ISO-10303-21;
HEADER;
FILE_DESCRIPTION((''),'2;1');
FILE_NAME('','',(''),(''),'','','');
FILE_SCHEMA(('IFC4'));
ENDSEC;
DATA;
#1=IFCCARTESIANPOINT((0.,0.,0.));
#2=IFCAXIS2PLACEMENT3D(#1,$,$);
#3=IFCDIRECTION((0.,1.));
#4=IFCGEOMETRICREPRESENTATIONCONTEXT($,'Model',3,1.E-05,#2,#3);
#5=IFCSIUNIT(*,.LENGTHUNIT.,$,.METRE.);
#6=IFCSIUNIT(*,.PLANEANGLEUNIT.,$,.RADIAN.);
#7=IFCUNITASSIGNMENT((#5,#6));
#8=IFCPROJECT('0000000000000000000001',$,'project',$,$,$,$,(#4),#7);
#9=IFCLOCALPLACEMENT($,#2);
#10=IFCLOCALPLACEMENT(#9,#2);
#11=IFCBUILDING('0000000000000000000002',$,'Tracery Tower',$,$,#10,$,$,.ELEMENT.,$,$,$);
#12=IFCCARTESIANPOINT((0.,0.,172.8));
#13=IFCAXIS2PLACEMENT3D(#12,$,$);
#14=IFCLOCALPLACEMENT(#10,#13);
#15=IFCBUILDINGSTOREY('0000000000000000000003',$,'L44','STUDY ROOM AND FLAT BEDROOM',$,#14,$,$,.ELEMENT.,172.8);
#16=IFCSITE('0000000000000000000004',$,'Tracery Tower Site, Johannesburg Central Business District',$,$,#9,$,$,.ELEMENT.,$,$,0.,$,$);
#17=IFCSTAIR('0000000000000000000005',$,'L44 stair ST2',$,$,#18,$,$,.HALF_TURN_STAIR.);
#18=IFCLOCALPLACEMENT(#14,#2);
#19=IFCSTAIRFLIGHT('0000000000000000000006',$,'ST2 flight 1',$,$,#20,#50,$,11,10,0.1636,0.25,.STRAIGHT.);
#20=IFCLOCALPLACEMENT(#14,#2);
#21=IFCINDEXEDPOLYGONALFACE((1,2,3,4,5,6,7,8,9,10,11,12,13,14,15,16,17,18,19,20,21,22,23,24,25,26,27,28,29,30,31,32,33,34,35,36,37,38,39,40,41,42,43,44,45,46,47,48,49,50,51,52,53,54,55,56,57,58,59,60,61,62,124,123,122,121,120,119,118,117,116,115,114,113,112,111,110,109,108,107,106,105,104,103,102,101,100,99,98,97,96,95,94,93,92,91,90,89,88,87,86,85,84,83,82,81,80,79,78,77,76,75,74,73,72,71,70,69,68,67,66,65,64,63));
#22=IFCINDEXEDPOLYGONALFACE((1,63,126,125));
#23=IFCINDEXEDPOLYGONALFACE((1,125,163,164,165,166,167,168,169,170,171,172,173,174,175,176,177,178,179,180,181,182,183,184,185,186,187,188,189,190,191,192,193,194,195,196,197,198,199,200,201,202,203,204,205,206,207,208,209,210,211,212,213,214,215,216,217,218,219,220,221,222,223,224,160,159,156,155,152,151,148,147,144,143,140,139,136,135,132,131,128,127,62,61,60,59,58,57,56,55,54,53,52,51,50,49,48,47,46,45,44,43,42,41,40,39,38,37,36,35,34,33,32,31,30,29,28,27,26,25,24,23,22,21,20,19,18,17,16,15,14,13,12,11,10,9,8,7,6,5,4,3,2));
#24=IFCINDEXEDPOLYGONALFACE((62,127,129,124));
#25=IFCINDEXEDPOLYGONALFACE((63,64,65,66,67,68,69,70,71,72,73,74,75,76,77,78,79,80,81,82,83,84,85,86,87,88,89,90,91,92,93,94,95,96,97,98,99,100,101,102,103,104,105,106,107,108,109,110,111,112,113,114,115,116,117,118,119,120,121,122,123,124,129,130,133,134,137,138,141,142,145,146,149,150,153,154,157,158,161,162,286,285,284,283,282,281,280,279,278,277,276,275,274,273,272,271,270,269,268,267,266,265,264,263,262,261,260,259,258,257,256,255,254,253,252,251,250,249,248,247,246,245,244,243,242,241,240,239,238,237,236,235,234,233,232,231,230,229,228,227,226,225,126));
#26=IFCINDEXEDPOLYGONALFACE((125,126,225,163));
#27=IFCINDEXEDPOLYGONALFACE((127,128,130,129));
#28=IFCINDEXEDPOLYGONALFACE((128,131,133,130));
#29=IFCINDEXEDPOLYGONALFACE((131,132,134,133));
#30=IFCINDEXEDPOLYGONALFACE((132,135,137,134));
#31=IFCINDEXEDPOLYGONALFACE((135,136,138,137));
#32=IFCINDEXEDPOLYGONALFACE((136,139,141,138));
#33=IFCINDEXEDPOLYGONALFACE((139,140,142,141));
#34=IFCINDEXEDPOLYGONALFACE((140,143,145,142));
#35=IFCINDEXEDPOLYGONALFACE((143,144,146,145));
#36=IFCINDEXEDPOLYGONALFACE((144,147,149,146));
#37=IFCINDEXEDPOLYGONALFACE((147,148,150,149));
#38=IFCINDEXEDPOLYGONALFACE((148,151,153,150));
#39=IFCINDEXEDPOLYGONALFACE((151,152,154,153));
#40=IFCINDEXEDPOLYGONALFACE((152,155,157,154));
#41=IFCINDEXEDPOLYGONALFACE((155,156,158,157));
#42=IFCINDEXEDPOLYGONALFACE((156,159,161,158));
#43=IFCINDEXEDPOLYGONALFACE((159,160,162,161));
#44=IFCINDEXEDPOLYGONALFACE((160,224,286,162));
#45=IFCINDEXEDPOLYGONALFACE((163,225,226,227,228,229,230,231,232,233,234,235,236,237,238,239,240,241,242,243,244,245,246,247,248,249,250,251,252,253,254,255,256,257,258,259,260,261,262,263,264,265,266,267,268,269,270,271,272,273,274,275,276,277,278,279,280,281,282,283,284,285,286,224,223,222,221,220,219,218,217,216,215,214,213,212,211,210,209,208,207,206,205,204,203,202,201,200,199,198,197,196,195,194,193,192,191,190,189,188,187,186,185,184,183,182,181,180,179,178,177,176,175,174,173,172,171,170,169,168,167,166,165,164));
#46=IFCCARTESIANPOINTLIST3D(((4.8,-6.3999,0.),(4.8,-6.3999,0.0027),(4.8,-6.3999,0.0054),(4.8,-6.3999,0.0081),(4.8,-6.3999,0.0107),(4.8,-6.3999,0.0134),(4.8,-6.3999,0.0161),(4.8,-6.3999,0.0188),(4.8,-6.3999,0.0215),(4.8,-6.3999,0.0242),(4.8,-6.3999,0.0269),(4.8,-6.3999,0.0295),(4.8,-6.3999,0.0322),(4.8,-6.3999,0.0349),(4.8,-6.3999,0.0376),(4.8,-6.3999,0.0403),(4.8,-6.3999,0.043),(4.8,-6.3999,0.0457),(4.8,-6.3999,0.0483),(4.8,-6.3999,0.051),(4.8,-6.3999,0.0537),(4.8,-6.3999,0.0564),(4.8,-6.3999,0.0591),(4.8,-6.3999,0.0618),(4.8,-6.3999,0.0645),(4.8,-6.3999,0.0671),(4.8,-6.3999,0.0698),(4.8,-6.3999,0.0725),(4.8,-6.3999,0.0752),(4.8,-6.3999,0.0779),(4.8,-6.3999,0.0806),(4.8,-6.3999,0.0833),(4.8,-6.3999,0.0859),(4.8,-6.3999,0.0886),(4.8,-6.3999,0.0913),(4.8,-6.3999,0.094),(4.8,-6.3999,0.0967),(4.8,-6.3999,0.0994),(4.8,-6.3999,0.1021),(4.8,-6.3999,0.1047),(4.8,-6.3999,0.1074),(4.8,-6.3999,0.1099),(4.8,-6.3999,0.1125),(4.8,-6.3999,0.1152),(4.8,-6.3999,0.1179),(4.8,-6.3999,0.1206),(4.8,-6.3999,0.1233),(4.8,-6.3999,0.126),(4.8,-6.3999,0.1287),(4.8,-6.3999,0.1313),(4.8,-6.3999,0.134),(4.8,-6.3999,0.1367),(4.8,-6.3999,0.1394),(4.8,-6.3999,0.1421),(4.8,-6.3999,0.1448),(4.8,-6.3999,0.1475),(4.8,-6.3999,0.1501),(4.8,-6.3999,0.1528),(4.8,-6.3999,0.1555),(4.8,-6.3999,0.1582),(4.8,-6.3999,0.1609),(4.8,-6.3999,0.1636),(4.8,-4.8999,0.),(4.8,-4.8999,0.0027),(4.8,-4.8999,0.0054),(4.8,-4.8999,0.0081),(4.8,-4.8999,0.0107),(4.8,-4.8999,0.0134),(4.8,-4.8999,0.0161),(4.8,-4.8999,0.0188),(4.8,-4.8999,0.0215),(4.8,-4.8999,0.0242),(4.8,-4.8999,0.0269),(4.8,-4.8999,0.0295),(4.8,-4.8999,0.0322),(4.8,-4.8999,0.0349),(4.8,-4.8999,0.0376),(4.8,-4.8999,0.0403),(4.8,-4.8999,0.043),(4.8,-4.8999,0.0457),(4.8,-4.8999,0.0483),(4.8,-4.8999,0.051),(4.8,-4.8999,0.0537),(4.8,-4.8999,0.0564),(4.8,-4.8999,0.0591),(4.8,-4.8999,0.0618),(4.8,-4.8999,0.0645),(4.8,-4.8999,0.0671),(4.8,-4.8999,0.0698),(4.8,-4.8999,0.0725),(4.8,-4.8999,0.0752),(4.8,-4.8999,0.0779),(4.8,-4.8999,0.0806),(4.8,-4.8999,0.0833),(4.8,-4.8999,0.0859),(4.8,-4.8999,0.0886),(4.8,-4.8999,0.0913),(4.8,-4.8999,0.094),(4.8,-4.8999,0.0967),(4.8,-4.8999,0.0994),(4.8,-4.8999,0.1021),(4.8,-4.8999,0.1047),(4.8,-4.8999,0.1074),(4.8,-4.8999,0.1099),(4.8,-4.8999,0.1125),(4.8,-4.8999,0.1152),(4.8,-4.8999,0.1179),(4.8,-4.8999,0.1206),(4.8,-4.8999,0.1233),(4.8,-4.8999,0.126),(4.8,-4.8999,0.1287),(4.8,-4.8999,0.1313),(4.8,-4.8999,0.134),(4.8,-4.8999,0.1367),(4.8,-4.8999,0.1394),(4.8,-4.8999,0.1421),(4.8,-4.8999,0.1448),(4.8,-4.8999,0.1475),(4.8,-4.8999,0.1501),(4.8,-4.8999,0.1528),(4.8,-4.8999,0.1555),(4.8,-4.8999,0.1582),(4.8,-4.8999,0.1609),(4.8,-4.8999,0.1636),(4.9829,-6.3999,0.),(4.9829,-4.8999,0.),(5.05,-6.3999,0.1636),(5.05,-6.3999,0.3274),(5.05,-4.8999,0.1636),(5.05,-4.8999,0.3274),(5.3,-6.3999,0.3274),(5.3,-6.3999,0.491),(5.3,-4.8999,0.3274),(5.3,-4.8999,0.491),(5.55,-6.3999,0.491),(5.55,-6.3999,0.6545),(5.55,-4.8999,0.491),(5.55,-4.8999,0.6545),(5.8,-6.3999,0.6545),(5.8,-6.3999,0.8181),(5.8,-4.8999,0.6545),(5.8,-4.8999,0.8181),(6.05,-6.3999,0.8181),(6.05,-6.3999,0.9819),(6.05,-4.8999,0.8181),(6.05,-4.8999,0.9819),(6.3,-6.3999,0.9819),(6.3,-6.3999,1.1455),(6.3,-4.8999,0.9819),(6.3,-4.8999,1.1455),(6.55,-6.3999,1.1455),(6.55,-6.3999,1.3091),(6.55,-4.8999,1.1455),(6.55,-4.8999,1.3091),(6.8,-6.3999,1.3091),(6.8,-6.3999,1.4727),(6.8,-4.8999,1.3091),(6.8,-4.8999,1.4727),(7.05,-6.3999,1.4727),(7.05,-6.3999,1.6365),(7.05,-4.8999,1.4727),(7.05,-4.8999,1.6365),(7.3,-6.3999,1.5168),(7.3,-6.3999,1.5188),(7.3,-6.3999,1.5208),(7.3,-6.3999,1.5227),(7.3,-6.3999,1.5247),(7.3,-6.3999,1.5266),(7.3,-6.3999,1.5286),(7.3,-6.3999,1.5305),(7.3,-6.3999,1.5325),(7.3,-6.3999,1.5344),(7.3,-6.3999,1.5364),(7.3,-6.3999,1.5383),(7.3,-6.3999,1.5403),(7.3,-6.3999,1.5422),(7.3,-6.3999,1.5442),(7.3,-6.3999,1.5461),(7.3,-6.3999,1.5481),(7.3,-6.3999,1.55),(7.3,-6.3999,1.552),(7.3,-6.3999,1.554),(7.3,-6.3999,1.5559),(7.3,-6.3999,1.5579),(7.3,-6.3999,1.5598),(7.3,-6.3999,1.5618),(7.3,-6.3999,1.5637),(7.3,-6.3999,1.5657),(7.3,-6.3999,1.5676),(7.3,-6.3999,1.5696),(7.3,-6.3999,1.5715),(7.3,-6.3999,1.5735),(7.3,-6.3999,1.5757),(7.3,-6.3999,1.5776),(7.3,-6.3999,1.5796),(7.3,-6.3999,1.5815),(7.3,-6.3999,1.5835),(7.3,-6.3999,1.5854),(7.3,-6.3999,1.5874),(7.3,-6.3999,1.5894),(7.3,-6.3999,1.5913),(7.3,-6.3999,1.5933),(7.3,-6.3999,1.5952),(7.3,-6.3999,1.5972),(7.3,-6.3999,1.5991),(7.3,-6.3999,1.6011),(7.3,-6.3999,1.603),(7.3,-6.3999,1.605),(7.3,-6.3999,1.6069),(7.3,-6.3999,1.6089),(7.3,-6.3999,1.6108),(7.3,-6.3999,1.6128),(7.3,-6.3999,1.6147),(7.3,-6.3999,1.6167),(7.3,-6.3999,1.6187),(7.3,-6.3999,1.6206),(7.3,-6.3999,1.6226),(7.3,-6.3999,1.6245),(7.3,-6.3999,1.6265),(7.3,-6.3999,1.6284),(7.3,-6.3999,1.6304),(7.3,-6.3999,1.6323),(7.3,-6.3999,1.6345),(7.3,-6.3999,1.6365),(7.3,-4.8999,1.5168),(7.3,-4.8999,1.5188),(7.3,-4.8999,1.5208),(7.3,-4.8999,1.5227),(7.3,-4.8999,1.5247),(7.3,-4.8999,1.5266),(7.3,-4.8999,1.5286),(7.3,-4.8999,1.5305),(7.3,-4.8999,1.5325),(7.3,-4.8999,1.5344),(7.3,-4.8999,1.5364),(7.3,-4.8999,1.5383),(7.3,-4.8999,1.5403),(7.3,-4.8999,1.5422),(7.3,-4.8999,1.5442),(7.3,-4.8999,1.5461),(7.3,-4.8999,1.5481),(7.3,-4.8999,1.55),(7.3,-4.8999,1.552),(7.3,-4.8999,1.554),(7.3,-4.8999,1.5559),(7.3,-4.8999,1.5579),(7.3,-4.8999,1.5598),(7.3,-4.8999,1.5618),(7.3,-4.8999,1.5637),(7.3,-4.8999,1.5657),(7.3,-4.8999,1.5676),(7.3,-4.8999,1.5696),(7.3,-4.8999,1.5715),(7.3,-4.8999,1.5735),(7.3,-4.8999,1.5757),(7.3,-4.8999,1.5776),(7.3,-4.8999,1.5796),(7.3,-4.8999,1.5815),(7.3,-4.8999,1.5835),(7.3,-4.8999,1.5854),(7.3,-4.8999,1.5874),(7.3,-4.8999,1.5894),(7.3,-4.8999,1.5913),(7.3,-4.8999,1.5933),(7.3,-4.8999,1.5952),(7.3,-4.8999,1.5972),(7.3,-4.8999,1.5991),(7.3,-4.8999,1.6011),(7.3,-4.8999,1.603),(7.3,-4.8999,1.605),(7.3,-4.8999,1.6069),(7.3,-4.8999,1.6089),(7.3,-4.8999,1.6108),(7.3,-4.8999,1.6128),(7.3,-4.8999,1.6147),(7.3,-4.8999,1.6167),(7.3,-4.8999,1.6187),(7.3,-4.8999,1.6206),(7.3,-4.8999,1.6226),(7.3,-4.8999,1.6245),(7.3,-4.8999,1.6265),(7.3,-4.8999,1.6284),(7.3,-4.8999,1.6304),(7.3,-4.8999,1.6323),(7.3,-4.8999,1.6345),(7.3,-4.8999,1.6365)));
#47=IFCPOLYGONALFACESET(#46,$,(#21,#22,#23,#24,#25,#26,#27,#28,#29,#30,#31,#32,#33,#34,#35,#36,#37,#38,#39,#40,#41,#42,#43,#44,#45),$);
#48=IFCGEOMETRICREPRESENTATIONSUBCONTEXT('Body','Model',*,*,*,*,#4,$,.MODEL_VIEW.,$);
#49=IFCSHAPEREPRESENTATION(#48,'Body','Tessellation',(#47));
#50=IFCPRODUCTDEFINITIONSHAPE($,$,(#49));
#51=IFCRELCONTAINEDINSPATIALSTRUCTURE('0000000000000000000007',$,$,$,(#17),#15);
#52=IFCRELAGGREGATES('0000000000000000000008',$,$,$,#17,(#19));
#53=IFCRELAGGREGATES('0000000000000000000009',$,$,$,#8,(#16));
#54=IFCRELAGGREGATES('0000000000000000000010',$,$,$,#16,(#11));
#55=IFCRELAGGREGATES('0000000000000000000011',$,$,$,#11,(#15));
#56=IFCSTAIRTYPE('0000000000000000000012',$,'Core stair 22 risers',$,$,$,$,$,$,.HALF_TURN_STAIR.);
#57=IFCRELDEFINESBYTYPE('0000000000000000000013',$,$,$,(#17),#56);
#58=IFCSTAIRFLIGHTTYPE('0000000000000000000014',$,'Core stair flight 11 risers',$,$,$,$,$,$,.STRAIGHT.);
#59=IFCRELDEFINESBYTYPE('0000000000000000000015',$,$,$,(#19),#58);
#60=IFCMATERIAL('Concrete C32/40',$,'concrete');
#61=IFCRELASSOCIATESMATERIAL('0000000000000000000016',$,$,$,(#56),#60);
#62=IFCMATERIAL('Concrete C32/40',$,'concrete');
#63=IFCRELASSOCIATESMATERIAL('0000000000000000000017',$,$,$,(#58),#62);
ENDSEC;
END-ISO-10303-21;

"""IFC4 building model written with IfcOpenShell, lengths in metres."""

from ifc_helpers import new_model, si_unit, direction, frame, origin, place, context, subcontext, project, spatial, polyline, outline, extrude, material, type_object, element, aggregate, save


model = new_model("IFC4")

# Units and contexts
model_context = context("Model", 3, precision=1e-05, world=origin(), true_north=direction((0.0, 1.0)))
body_context = subcontext(model_context, "Body", "Model", "MODEL_VIEW")
ifc_project = project(units=[si_unit("LENGTHUNIT", "METRE"), si_unit("PLANEANGLEUNIT", "RADIAN")], contexts=[model_context])

# Site, building, storey
site_placement = place(None, origin())
site = spatial("IfcSite", under=ifc_project, at=site_placement, Name="Tracery Tower Site, Johannesburg Central Business District", CompositionType="ELEMENT", RefElevation=0.0)
building_placement = place(site_placement, origin())
building = spatial("IfcBuilding", under=site, at=building_placement, Name="Tracery Tower", CompositionType="ELEMENT")
storey_placement = place(building_placement, frame((0.0, 0.0, 172.8)))
storey = spatial("IfcBuildingStorey", under=building, at=storey_placement, Name="L44", Description="STUDY ROOM AND FLAT BEDROOM", CompositionType="ELEMENT", Elevation=172.8)

# Stair, stair flight
ifc_material_1 = material(Name="Concrete C32/40", Category="concrete")
stair_type = type_object("IfcStairType", Name="Core stair 22 risers", PredefinedType="HALF_TURN_STAIR", material=ifc_material_1)
stair_placement = place(storey_placement, origin())
stair = element("IfcStair", 1, at=stair_placement, inside=storey, type_object=stair_type, Name="L44 stair ST2", PredefinedType="HALF_TURN_STAIR")
ifc_material_2 = material(Name="Concrete C32/40", Category="concrete")
stair_flight_type = type_object("IfcStairFlightType", Name="Core stair flight 11 risers", PredefinedType="STRAIGHT", material=ifc_material_2)
stair_flight_1_placement = place(storey_placement, frame((4.8, -5.6499, 0.0), z_axis=(0.0, 0.0, 1.0), x_axis=(1.0, 0.0, 0.0)))
stair_flight_1 = element("IfcStairFlight", 2, at=stair_flight_1_placement, type_object=stair_flight_type, Name="ST2 flight 1", NumberOfRisers=11, NumberOfTreads=10, PredefinedType="STRAIGHT", RiserHeight=0.1636, TreadLength=0.25, context=body_context, shape_type="SweptSolid", body=[
    extrude(outline(polyline([(0.0, 0.0), (0.0, 0.0027), (0.0, 0.0054), (0.0, 0.0081), (0.0, 0.0107), (0.0, 0.0134), (0.0, 0.0161), (0.0, 0.0188), (0.0, 0.0215), (0.0, 0.0242), (0.0, 0.0269), (0.0, 0.0295), (0.0, 0.0322), (0.0, 0.0349), (0.0, 0.0376), (0.0, 0.0403), (0.0, 0.043), (0.0, 0.0457), (0.0, 0.0483), (0.0, 0.051), (0.0, 0.0537), (0.0, 0.0564), (0.0, 0.0591), (0.0, 0.0618), (0.0, 0.0645), (0.0, 0.0671), (0.0, 0.0698), (0.0, 0.0725), (0.0, 0.0752), (0.0, 0.0779), (0.0, 0.0806), (0.0, 0.0833), (0.0, 0.0859), (0.0, 0.0886), (0.0, 0.0913), (0.0, 0.094), (0.0, 0.0967), (0.0, 0.0994), (0.0, 0.1021), (0.0, 0.1047), (0.0, 0.1074), (0.0, 0.1099), (0.0, 0.1125), (0.0, 0.1152), (0.0, 0.1179), (0.0, 0.1206), (0.0, 0.1233), (0.0, 0.126), (0.0, 0.1287), (0.0, 0.1313), (0.0, 0.134), (0.0, 0.1367), (0.0, 0.1394), (0.0, 0.1421), (0.0, 0.1448), (0.0, 0.1475), (0.0, 0.1501), (0.0, 0.1528), (0.0, 0.1555), (0.0, 0.1582), (0.0, 0.1609), (0.0, 0.1636), (0.25, 0.1636), (0.25, 0.3274), (0.5, 0.3274), (0.5, 0.491), (0.75, 0.491), (0.75, 0.6545), (1.0, 0.6545), (1.0, 0.8181), (1.25, 0.8181), (1.25, 0.9819), (1.5, 0.9819), (1.5, 1.1455), (1.75, 1.1455), (1.75, 1.3091), (2.0, 1.3091), (2.0, 1.4727), (2.25, 1.4727), (2.25, 1.6365), (2.5, 1.6365), (2.5, 1.6345), (2.5, 1.6323), (2.5, 1.6304), (2.5, 1.6284), (2.5, 1.6265), (2.5, 1.6245), (2.5, 1.6226), (2.5, 1.6206), (2.5, 1.6187), (2.5, 1.6167), (2.5, 1.6147), (2.5, 1.6128), (2.5, 1.6108), (2.5, 1.6089), (2.5, 1.6069), (2.5, 1.605), (2.5, 1.603), (2.5, 1.6011), (2.5, 1.5991), (2.5, 1.5972), (2.5, 1.5952), (2.5, 1.5933), (2.5, 1.5913), (2.5, 1.5894), (2.5, 1.5874), (2.5, 1.5854), (2.5, 1.5835), (2.5, 1.5815), (2.5, 1.5796), (2.5, 1.5776), (2.5, 1.5757), (2.5, 1.5735), (2.5, 1.5715), (2.5, 1.5696), (2.5, 1.5676), (2.5, 1.5657), (2.5, 1.5637), (2.5, 1.5618), (2.5, 1.5598), (2.5, 1.5579), (2.5, 1.5559), (2.5, 1.554), (2.5, 1.552), (2.5, 1.55), (2.5, 1.5481), (2.5, 1.5461), (2.5, 1.5442), (2.5, 1.5422), (2.5, 1.5403), (2.5, 1.5383), (2.5, 1.5364), (2.5, 1.5344), (2.5, 1.5325), (2.5, 1.5305), (2.5, 1.5286), (2.5, 1.5266), (2.5, 1.5247), (2.5, 1.5227), (2.5, 1.5208), (2.5, 1.5188), (2.5, 1.5168), (0.1829, 0.0), (0.0, 0.0)])), frame((0.0, 0.75, 0.0), z_axis=(0.0, -1.0, 0.0), x_axis=(1.0, 0.0, 0.0)), (0.0, 0.0, 1.0), 1.5),
])
aggregate(stair, [stair_flight_1])

save(model, "model.ifc")
